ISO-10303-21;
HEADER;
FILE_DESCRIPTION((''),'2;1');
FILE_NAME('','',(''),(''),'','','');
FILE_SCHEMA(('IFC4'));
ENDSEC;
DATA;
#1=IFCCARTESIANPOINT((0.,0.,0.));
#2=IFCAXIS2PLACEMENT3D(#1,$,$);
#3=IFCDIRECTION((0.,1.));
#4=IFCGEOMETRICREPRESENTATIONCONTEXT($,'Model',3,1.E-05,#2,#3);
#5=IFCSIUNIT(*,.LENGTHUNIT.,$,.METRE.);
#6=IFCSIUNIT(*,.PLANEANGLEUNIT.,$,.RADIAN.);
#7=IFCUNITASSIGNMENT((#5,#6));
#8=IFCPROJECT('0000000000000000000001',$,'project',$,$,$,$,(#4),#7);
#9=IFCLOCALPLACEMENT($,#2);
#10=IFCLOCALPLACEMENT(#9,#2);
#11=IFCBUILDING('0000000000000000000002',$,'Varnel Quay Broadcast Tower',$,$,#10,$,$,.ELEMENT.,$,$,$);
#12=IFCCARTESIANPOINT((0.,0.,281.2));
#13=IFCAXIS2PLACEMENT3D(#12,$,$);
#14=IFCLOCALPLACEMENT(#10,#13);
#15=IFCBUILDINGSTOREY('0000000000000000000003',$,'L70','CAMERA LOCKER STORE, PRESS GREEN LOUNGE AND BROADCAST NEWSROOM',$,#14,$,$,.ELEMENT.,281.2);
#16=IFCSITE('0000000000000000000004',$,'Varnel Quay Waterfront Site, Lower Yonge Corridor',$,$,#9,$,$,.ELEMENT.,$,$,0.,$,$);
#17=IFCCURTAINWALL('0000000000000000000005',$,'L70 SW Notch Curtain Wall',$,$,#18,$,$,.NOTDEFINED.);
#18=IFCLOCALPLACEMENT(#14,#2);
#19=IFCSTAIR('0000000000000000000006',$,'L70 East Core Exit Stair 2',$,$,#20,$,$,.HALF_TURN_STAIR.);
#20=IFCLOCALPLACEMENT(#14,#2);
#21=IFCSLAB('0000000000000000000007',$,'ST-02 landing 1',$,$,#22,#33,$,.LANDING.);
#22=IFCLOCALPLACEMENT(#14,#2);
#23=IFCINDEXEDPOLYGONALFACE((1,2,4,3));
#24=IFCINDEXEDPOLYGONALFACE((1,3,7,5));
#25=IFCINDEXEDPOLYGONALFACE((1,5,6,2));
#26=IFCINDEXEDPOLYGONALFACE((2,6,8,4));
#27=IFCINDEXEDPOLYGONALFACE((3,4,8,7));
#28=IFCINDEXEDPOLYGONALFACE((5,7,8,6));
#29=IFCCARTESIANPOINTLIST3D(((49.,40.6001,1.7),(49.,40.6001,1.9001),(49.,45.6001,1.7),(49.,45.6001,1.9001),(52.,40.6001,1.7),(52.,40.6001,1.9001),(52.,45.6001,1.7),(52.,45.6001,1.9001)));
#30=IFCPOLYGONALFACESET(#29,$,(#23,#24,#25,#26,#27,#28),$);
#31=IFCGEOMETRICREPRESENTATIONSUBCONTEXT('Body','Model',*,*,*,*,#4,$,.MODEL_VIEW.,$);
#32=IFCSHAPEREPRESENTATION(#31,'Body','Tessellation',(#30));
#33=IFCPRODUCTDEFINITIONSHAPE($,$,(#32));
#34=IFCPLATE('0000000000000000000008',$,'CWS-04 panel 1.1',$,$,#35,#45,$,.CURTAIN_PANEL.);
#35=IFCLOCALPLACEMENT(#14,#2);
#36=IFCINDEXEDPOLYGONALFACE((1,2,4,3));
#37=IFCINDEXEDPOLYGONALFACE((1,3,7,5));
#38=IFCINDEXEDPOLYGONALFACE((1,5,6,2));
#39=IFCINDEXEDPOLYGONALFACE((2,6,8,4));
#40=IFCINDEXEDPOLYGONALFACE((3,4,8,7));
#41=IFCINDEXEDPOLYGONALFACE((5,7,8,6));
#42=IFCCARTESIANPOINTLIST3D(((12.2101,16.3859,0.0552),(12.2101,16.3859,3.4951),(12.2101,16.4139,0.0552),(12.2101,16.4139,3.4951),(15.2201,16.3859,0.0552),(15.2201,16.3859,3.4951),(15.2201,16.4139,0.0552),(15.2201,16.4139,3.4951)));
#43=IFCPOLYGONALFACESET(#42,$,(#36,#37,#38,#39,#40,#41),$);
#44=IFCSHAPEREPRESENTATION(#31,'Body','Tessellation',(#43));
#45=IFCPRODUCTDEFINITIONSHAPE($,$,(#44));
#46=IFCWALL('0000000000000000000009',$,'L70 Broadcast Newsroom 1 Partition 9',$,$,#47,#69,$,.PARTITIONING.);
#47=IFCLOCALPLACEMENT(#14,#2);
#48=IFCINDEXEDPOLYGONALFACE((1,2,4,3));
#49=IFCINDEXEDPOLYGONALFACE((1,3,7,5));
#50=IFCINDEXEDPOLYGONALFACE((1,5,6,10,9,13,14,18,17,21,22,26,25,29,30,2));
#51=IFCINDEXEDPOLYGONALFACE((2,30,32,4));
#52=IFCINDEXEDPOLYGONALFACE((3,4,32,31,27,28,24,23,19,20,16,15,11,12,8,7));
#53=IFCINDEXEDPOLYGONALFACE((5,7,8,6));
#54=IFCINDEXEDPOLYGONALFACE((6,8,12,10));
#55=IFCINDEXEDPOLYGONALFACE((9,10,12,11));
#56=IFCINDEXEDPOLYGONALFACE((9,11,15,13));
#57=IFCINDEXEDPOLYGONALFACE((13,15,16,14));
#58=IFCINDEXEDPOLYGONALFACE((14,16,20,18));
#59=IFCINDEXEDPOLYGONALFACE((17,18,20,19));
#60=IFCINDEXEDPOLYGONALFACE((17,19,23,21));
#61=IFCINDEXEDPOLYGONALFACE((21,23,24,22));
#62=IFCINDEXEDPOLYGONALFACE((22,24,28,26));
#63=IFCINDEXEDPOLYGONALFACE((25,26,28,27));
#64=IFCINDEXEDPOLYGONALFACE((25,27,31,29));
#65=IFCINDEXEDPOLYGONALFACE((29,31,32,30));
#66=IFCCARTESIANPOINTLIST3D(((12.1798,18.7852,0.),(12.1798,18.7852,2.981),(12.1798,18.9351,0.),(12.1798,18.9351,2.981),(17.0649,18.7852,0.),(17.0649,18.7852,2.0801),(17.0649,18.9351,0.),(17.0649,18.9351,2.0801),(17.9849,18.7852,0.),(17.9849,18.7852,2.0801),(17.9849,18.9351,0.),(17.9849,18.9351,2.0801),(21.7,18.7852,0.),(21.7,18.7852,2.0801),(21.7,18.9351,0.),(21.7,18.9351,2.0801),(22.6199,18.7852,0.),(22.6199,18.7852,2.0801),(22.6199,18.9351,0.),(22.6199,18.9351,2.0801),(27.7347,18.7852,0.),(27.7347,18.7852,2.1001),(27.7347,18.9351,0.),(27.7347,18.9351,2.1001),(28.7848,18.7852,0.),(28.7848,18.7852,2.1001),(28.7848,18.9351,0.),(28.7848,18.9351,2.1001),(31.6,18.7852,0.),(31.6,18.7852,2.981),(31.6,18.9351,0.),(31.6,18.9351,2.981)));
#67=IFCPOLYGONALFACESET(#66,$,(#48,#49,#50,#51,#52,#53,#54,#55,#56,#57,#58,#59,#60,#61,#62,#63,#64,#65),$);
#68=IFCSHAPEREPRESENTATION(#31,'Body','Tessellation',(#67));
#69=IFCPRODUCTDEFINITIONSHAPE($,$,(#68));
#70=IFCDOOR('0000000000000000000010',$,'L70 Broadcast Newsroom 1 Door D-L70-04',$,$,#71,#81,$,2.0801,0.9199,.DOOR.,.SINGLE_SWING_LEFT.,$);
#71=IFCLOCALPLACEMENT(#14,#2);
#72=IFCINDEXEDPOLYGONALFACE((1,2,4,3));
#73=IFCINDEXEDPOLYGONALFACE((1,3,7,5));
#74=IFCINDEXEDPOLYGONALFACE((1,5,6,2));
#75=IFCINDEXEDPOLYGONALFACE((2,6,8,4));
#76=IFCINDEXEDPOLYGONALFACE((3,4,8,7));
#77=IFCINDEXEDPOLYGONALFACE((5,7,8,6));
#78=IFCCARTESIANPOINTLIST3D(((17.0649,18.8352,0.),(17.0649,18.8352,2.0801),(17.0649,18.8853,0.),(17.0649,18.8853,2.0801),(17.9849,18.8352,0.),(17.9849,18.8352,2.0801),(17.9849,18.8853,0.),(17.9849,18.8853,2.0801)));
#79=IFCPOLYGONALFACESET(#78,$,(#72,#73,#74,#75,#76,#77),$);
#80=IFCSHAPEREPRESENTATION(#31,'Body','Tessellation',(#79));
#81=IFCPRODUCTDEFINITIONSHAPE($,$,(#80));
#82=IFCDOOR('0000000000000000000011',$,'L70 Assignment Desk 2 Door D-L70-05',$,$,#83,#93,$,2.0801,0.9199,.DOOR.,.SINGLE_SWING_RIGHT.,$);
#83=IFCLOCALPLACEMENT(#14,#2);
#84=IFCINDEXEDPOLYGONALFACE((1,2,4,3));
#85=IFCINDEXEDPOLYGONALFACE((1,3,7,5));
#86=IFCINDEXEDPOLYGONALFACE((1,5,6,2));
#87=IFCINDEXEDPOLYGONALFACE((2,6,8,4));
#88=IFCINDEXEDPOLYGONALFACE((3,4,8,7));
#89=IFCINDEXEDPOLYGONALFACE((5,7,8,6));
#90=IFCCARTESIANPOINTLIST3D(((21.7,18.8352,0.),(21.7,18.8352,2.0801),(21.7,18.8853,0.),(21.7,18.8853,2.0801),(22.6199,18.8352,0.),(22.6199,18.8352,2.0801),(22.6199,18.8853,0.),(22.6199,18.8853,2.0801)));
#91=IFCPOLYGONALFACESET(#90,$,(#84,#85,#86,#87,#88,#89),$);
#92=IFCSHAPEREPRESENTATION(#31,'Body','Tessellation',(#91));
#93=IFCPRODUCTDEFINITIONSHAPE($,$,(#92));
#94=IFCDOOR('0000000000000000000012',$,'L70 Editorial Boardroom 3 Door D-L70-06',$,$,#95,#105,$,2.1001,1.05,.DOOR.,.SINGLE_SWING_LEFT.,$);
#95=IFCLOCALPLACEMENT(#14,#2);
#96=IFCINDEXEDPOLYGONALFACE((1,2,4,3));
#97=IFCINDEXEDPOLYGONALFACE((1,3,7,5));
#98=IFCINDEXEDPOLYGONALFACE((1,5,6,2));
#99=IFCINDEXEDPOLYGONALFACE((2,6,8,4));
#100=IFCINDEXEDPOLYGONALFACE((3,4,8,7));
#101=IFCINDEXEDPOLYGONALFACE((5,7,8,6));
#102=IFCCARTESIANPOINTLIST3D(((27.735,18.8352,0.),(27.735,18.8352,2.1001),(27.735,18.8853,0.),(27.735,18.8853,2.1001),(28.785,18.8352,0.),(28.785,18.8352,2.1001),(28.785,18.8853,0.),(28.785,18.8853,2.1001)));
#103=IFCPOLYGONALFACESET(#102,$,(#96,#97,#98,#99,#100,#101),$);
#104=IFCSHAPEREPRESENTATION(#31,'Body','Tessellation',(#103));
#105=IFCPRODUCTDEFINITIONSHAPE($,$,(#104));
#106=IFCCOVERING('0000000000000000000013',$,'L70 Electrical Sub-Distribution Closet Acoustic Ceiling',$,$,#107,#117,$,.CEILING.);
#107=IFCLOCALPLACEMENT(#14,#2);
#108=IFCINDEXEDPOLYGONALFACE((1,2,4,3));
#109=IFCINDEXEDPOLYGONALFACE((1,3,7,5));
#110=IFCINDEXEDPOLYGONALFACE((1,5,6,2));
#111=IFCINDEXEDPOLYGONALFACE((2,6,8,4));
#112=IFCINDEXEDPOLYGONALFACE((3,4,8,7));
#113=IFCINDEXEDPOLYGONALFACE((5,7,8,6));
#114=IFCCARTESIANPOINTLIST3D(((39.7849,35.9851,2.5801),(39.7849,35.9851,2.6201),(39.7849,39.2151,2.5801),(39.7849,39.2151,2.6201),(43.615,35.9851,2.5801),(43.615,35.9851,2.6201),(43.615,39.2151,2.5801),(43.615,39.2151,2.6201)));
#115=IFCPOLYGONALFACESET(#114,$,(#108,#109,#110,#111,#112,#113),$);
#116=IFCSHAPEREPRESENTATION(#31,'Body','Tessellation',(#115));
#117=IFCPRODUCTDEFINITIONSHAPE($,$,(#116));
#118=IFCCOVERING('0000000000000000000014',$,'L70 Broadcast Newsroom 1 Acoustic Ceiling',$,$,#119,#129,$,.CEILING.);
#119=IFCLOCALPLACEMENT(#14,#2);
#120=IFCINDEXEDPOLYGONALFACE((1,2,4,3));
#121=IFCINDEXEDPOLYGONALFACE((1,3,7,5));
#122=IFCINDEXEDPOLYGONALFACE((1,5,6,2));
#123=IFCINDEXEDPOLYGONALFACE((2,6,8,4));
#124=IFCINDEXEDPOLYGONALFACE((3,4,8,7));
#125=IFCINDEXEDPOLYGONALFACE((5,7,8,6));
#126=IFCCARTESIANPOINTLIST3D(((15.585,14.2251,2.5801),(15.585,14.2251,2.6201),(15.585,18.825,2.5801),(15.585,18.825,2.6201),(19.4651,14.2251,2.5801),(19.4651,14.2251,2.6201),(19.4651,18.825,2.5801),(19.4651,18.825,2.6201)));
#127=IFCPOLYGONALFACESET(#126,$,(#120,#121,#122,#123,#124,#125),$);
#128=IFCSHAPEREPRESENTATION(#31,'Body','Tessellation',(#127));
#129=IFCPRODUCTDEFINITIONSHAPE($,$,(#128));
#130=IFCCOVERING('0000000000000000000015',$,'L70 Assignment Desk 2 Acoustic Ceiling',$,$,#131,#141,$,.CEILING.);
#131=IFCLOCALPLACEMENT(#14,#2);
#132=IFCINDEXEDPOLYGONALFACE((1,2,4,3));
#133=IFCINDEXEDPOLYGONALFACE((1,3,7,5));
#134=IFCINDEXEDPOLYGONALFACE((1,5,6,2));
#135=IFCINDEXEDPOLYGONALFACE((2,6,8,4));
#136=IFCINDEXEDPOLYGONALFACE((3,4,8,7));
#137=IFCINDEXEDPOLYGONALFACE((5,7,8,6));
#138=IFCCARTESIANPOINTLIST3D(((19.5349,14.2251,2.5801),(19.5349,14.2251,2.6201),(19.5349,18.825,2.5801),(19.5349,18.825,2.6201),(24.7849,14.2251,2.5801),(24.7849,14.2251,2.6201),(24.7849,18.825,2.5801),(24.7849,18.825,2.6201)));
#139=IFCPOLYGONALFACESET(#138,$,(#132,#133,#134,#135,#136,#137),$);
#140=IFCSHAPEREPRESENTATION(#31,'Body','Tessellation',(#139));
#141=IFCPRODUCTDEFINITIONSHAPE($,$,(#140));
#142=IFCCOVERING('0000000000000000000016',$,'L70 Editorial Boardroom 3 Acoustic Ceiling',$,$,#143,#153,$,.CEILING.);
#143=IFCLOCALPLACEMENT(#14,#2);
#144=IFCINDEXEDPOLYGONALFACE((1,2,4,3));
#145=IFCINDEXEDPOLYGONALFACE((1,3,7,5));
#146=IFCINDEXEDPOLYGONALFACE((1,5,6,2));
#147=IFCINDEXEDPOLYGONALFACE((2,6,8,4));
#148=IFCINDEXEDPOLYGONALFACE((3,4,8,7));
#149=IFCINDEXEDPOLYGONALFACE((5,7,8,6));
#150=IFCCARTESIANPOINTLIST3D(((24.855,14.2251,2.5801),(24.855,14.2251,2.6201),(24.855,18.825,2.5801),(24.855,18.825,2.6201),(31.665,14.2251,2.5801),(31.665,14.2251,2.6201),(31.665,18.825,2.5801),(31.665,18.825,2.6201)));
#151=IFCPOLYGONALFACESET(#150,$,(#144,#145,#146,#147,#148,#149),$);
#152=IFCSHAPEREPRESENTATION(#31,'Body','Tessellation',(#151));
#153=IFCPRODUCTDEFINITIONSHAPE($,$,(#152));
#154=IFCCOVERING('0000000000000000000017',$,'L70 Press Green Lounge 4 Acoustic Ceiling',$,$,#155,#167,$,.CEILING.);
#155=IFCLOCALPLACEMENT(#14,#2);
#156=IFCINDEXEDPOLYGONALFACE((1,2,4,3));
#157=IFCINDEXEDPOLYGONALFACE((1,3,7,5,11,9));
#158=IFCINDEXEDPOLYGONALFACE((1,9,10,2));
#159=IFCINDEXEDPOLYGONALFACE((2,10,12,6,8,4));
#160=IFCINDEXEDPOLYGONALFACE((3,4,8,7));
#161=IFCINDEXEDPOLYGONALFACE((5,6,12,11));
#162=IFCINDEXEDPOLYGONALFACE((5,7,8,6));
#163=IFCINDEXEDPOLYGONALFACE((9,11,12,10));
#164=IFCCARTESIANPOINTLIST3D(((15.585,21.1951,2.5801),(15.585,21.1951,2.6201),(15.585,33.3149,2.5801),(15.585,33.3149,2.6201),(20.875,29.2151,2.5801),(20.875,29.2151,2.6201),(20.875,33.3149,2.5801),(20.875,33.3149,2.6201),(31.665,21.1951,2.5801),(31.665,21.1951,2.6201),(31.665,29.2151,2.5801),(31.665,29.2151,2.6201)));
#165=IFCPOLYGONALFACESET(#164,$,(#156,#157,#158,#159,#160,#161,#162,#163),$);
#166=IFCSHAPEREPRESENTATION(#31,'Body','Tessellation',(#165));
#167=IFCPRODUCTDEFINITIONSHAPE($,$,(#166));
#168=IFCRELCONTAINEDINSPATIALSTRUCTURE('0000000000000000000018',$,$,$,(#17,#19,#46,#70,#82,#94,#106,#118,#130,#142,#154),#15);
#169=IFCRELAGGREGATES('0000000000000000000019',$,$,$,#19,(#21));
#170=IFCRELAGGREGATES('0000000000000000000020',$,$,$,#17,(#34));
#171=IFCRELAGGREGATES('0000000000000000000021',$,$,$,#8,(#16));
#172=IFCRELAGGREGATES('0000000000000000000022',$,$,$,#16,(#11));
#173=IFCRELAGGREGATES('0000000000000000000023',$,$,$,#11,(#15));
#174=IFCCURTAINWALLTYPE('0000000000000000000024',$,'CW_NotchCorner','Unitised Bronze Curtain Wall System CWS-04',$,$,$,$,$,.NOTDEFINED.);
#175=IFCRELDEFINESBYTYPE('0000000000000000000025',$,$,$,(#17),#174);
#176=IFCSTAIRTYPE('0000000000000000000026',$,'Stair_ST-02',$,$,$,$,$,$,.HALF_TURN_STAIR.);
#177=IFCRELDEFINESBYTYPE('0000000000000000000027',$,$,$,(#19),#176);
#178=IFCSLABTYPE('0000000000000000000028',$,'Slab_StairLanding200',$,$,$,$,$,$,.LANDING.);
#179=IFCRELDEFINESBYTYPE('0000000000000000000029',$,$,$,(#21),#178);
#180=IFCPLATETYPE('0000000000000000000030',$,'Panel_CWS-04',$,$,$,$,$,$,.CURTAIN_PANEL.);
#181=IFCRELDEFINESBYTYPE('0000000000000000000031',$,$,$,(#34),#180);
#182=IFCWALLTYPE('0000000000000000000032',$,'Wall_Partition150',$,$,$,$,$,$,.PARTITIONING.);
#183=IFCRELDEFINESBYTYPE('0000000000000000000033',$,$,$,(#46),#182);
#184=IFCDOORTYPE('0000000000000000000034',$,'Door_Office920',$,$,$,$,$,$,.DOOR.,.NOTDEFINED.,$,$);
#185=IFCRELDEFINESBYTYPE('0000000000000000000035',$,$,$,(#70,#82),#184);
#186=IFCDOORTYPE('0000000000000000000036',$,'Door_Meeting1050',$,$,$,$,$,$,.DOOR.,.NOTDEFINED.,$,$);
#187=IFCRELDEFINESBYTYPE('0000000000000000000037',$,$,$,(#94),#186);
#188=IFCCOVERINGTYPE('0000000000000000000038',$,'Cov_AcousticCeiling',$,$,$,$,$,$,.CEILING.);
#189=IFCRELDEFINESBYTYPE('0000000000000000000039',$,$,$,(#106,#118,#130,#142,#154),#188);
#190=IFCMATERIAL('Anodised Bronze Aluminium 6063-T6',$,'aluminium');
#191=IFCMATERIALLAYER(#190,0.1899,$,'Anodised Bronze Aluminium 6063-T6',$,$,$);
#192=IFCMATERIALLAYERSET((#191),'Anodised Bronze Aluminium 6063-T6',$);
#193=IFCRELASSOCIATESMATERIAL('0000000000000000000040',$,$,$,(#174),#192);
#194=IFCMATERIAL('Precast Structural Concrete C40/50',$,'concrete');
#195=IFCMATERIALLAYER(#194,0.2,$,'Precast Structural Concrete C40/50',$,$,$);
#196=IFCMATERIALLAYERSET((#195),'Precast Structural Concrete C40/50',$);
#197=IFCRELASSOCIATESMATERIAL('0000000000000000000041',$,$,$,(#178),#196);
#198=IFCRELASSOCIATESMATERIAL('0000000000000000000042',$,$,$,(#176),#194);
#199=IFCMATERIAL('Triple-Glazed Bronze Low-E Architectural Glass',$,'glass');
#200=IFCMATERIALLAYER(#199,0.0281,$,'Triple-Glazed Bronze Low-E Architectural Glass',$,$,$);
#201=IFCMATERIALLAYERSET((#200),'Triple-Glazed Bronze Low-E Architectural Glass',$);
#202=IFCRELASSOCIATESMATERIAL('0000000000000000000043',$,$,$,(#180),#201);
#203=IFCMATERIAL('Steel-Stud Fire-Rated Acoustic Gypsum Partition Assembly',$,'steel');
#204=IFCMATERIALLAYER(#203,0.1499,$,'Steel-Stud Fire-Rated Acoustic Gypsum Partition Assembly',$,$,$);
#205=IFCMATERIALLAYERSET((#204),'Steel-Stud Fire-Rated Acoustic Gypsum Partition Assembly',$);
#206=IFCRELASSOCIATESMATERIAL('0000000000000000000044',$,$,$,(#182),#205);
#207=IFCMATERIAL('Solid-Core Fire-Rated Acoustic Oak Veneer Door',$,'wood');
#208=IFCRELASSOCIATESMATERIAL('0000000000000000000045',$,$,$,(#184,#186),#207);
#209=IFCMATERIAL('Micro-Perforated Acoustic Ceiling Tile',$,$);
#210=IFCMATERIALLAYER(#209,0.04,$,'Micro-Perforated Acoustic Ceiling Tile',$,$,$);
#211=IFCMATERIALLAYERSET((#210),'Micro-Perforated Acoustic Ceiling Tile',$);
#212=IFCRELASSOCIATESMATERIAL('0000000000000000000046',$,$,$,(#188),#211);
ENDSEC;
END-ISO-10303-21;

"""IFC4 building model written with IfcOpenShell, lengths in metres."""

from ifc_helpers import new_model, si_unit, direction, frame, frame_2d, origin, origin_2d, place, context, subcontext, project, spatial, polyline, rectangle, outline, extrude, source, transform, mapped, material, layer, layer_set, type_object, type_shapes, element, fill, aggregate, save


model = new_model("IFC4")

# Units and contexts
model_context = context("Model", 3, precision=1e-05, world=origin(), true_north=direction((0.0, 1.0)))
body_context = subcontext(model_context, "Body", "Model", "MODEL_VIEW")
ifc_project = project(units=[si_unit("LENGTHUNIT", "METRE"), si_unit("PLANEANGLEUNIT", "RADIAN")], contexts=[model_context])

# Site, building, storey
site_placement = place(None, origin())
site = spatial("IfcSite", under=ifc_project, at=site_placement, Name="Varnel Quay Waterfront Site, Lower Yonge Corridor", CompositionType="ELEMENT", RefElevation=0.0)
building_placement = place(site_placement, origin())
building = spatial("IfcBuilding", under=site, at=building_placement, Name="Varnel Quay Broadcast Tower", CompositionType="ELEMENT")
storey_placement = place(building_placement, frame((0.0, 0.0, 281.2)))
storey = spatial("IfcBuildingStorey", under=building, at=storey_placement, Name="L70", Description="CAMERA LOCKER STORE, PRESS GREEN LOUNGE AND BROADCAST NEWSROOM", CompositionType="ELEMENT", Elevation=281.2)

# Curtain wall
ifc_material_1 = material(Name="Anodised Bronze Aluminium 6063-T6", Category="aluminium")
ifc_layer_1 = layer(ifc_material_1, 0.1899, Name="Anodised Bronze Aluminium 6063-T6")
ifc_layer_set_1 = layer_set([ifc_layer_1], Name="Anodised Bronze Aluminium 6063-T6")
curtain_wall_type_1 = type_object("IfcCurtainWallType", Name="CW_NotchCorner", Description="Unitised Bronze Curtain Wall System CWS-04", PredefinedType="NOTDEFINED", material=ifc_layer_set_1)
curtain_wall_1_placement = place(storey_placement, origin())
curtain_wall_1 = element("IfcCurtainWall", 1, at=curtain_wall_1_placement, inside=storey, type_object=curtain_wall_type_1, Name="L70 SW Notch Curtain Wall", PredefinedType="NOTDEFINED")

# Stair, slab
ifc_material_2 = material(Name="Precast Structural Concrete C40/50", Category="concrete")
ifc_layer_2 = layer(ifc_material_2, 0.2, Name="Precast Structural Concrete C40/50")
ifc_layer_set_2 = layer_set([ifc_layer_2], Name="Precast Structural Concrete C40/50")
slab_type_1 = type_object("IfcSlabType", Name="Slab_StairLanding200", PredefinedType="LANDING", material=ifc_layer_set_2)
stair_type_1 = type_object("IfcStairType", Name="Stair_ST-02", PredefinedType="HALF_TURN_STAIR", material=ifc_material_2)
stair_1_placement = place(storey_placement, origin())
stair_1 = element("IfcStair", 2, at=stair_1_placement, inside=storey, type_object=stair_type_1, Name="L70 East Core Exit Stair 2", PredefinedType="HALF_TURN_STAIR")
slab_1_placement = place(storey_placement, frame((0.0, 0.0, 1.7)))
slab_1 = element("IfcSlab", 3, at=slab_1_placement, type_object=slab_type_1, Name="ST-02 landing 1", PredefinedType="LANDING", context=body_context, shape_type="SweptSolid", body=[
    extrude(outline(polyline([(52.0, 40.6001), (52.0, 45.6001), (49.0, 45.6001), (49.0, 40.6001), (52.0, 40.6001)])), origin(), (0.0, 0.0, 1.0), 0.2002),
])
aggregate(stair_1, [slab_1])

# Plate
ifc_material_3 = material(Name="Triple-Glazed Bronze Low-E Architectural Glass", Category="glass")
ifc_layer_3 = layer(ifc_material_3, 0.0281, Name="Triple-Glazed Bronze Low-E Architectural Glass")
ifc_layer_set_3 = layer_set([ifc_layer_3], Name="Triple-Glazed Bronze Low-E Architectural Glass")
plate_type = type_object("IfcPlateType", Name="Panel_CWS-04", PredefinedType="CURTAIN_PANEL", material=ifc_layer_set_3)
shared_shape_1 = source(origin(), body_context, "Body", "SweptSolid", [
    extrude(rectangle(XDim=3.01, YDim=0.0281, at=origin_2d()), origin(), (0.0, 0.0, 1.0), 3.4399),
])
type_shapes(plate_type, [shared_shape_1])
plate_placement = place(storey_placement, frame((13.7151, 16.3999, 0.0552), z_axis=(0.0, 0.0, 1.0), x_axis=(1.0, 0.0, 0.0)))
plate = element("IfcPlate", 4, at=plate_placement, type_object=plate_type, Name="CWS-04 panel 1.1", PredefinedType="CURTAIN_PANEL", context=body_context, shape_type="MappedRepresentation", body=[
    mapped(shared_shape_1, transform((0.0, 0.0, 0.0), x_axis=(1.0, 0.0, 0.0), y_axis=(0.0, 1.0, 0.0), z_axis=(0.0, 0.0, 1.0), scale=1.0)),
])
aggregate(curtain_wall_1, [plate])

# Wall, openings, doors
ifc_material_4 = material(Name="Steel-Stud Fire-Rated Acoustic Gypsum Partition Assembly", Category="steel")
ifc_layer_4 = layer(ifc_material_4, 0.1499, Name="Steel-Stud Fire-Rated Acoustic Gypsum Partition Assembly")
ifc_layer_set_4 = layer_set([ifc_layer_4], Name="Steel-Stud Fire-Rated Acoustic Gypsum Partition Assembly")
wall_type = type_object("IfcWallType", Name="Wall_Partition150", PredefinedType="PARTITIONING", material=ifc_layer_set_4)
wall_placement = place(storey_placement, frame((12.1799, 18.8601, 0.0), z_axis=(0.0, 0.0, 1.0), x_axis=(1.0, 0.0, 0.0)))
wall = element("IfcWall", 5, at=wall_placement, inside=storey, type_object=wall_type, Name="L70 Broadcast Newsroom 1 Partition 9", PredefinedType="PARTITIONING", context=body_context, shape_type="SweptSolid", body=[
    extrude(rectangle(XDim=19.4202, YDim=0.1499, at=frame_2d((9.71, 0.0))), origin(), (0.0, 0.0, 1.0), 2.981),
])
opening_1_placement = place(wall_placement, frame((4.885, 0.0, 0.0)))
opening_1 = element("IfcOpeningElement", 6, at=opening_1_placement, cuts=wall, PredefinedType="OPENING", context=body_context, shape_type="SweptSolid", body=[
    extrude(rectangle(XDim=0.9199, YDim=2.0801, at=frame_2d((0.46, 1.04))), frame((0.0, 0.085, 0.0), z_axis=(0.0, -1.0, 0.0), x_axis=(1.0, 0.0, 0.0)), (0.0, 0.0, 1.0), 0.1699),
])
opening_2_placement = place(wall_placement, frame((9.52, 0.0, 0.0)))
opening_2 = element("IfcOpeningElement", 7, at=opening_2_placement, cuts=wall, PredefinedType="OPENING", context=body_context, shape_type="SweptSolid", body=[
    extrude(rectangle(XDim=0.9199, YDim=2.0801, at=frame_2d((0.46, 1.04))), frame((0.0, 0.085, 0.0), z_axis=(0.0, -1.0, 0.0), x_axis=(1.0, 0.0, 0.0)), (0.0, 0.0, 1.0), 0.1699),
])
opening_3_placement = place(wall_placement, frame((15.5549, 0.0, 0.0)))
opening_3 = element("IfcOpeningElement", 8, at=opening_3_placement, cuts=wall, PredefinedType="OPENING", context=body_context, shape_type="SweptSolid", body=[
    extrude(rectangle(XDim=1.05, YDim=2.1001, at=frame_2d((0.5249, 1.05))), frame((0.0, 0.085, 0.0), z_axis=(0.0, -1.0, 0.0), x_axis=(1.0, 0.0, 0.0)), (0.0, 0.0, 1.0), 0.1699),
])
ifc_material_5 = material(Name="Solid-Core Fire-Rated Acoustic Oak Veneer Door", Category="wood")
door_type_1 = type_object("IfcDoorType", Name="Door_Office920", OperationType="NOTDEFINED", PredefinedType="DOOR", material=ifc_material_5)
shared_shape_2 = source(origin(), body_context, "Body", "SweptSolid", [
    extrude(rectangle(XDim=0.9199, YDim=2.0801, at=frame_2d((0.46, 1.04))), frame((0.0, 0.0249, 0.0), z_axis=(0.0, -1.0, 0.0), x_axis=(1.0, 0.0, 0.0)), (0.0, 0.0, 1.0), 0.05),
])
type_shapes(door_type_1, [shared_shape_2])
door_1_placement = place(opening_1_placement, frame((0.9199, 0.0, 0.0), z_axis=(0.0, 0.0, 1.0), x_axis=(-1.0, 0.0, 0.0)))
door_1 = element("IfcDoor", 9, at=door_1_placement, inside=storey, type_object=door_type_1, Name="L70 Broadcast Newsroom 1 Door D-L70-04", OperationType="SINGLE_SWING_LEFT", OverallHeight=2.0801, OverallWidth=0.9199, PredefinedType="DOOR", context=body_context, shape_type="MappedRepresentation", body=[
    mapped(shared_shape_2, transform((0.0, 0.0, 0.0), x_axis=(1.0, 0.0, 0.0), y_axis=(0.0, 1.0, 0.0), z_axis=(0.0, 0.0, 1.0), scale=1.0)),
])
fill(opening_1, door_1)
door_2_placement = place(opening_2_placement, frame((0.9199, 0.0, 0.0), z_axis=(0.0, 0.0, 1.0), x_axis=(-1.0, 0.0, 0.0)))
door_2 = element("IfcDoor", 10, at=door_2_placement, inside=storey, type_object=door_type_1, Name="L70 Assignment Desk 2 Door D-L70-05", OperationType="SINGLE_SWING_RIGHT", OverallHeight=2.0801, OverallWidth=0.9199, PredefinedType="DOOR", context=body_context, shape_type="MappedRepresentation", body=[
    mapped(shared_shape_2, transform((0.0, 0.0, 0.0), x_axis=(1.0, 0.0, 0.0), y_axis=(0.0, 1.0, 0.0), z_axis=(0.0, 0.0, 1.0), scale=1.0)),
])
fill(opening_2, door_2)
door_type_2 = type_object("IfcDoorType", Name="Door_Meeting1050", OperationType="NOTDEFINED", PredefinedType="DOOR", material=ifc_material_5)
shared_shape_3 = source(origin(), body_context, "Body", "SweptSolid", [
    extrude(rectangle(XDim=1.05, YDim=2.1001, at=frame_2d((0.5249, 1.05))), frame((0.0, 0.0249, 0.0), z_axis=(0.0, -1.0, 0.0), x_axis=(1.0, 0.0, 0.0)), (0.0, 0.0, 1.0), 0.05),
])
type_shapes(door_type_2, [shared_shape_3])
door_3_placement = place(opening_3_placement, frame((1.05, 0.0, 0.0), z_axis=(0.0, 0.0, 1.0), x_axis=(-1.0, 0.0, 0.0)))
door_3 = element("IfcDoor", 11, at=door_3_placement, inside=storey, type_object=door_type_2, Name="L70 Editorial Boardroom 3 Door D-L70-06", OperationType="SINGLE_SWING_LEFT", OverallHeight=2.1001, OverallWidth=1.05, PredefinedType="DOOR", context=body_context, shape_type="MappedRepresentation", body=[
    mapped(shared_shape_3, transform((0.0, 0.0, 0.0), x_axis=(1.0, 0.0, 0.0), y_axis=(0.0, 1.0, 0.0), z_axis=(0.0, 0.0, 1.0), scale=1.0)),
])
fill(opening_3, door_3)

# Coverings
ifc_material_6 = material(Name="Micro-Perforated Acoustic Ceiling Tile")
ifc_layer_5 = layer(ifc_material_6, 0.04, Name="Micro-Perforated Acoustic Ceiling Tile")
ifc_layer_set_5 = layer_set([ifc_layer_5], Name="Micro-Perforated Acoustic Ceiling Tile")
covering_type_1 = type_object("IfcCoveringType", Name="Cov_AcousticCeiling", PredefinedType="CEILING", material=ifc_layer_set_5)
covering_1_placement = place(storey_placement, frame((0.0, 0.0, 2.5801)))
element("IfcCovering", 12, at=covering_1_placement, inside=storey, type_object=covering_type_1, Name="L70 Electrical Sub-Distribution Closet Acoustic Ceiling", PredefinedType="CEILING", context=body_context, shape_type="SweptSolid", body=[
    extrude(outline(polyline([(39.7849, 35.9851), (43.615, 35.9851), (43.615, 39.2151), (39.7849, 39.2151), (39.7849, 35.9851)])), origin(), (0.0, 0.0, 1.0), 0.04),
])
covering_2_placement = place(storey_placement, frame((0.0, 0.0, 2.5801)))
element("IfcCovering", 13, at=covering_2_placement, inside=storey, type_object=covering_type_1, Name="L70 Broadcast Newsroom 1 Acoustic Ceiling", PredefinedType="CEILING", context=body_context, shape_type="SweptSolid", body=[
    extrude(outline(polyline([(15.585, 14.2251), (19.4651, 14.2251), (19.4651, 18.825), (15.585, 18.825), (15.585, 14.2251)])), origin(), (0.0, 0.0, 1.0), 0.04),
])
covering_3_placement = place(storey_placement, frame((0.0, 0.0, 2.5801)))
element("IfcCovering", 14, at=covering_3_placement, inside=storey, type_object=covering_type_1, Name="L70 Assignment Desk 2 Acoustic Ceiling", PredefinedType="CEILING", context=body_context, shape_type="SweptSolid", body=[
    extrude(outline(polyline([(19.5349, 14.2251), (24.7849, 14.2251), (24.7849, 18.825), (19.5349, 18.825), (19.5349, 14.2251)])), origin(), (0.0, 0.0, 1.0), 0.04),
])
covering_4_placement = place(storey_placement, frame((0.0, 0.0, 2.5801)))
element("IfcCovering", 15, at=covering_4_placement, inside=storey, type_object=covering_type_1, Name="L70 Editorial Boardroom 3 Acoustic Ceiling", PredefinedType="CEILING", context=body_context, shape_type="SweptSolid", body=[
    extrude(outline(polyline([(24.855, 14.2251), (31.665, 14.2251), (31.665, 18.825), (24.855, 18.825), (24.855, 14.2251)])), origin(), (0.0, 0.0, 1.0), 0.04),
])
covering_5_placement = place(storey_placement, frame((0.0, 0.0, 2.5801)))
element("IfcCovering", 16, at=covering_5_placement, inside=storey, type_object=covering_type_1, Name="L70 Press Green Lounge 4 Acoustic Ceiling", PredefinedType="CEILING", context=body_context, shape_type="SweptSolid", body=[
    extrude(outline(polyline([(15.585, 21.1951), (31.665, 21.1951), (31.665, 29.2151), (20.875, 29.2151), (20.875, 33.3149), (15.585, 33.3149), (15.585, 21.1951)])), origin(), (0.0, 0.0, 1.0), 0.04),
])

save(model, "model.ifc")
